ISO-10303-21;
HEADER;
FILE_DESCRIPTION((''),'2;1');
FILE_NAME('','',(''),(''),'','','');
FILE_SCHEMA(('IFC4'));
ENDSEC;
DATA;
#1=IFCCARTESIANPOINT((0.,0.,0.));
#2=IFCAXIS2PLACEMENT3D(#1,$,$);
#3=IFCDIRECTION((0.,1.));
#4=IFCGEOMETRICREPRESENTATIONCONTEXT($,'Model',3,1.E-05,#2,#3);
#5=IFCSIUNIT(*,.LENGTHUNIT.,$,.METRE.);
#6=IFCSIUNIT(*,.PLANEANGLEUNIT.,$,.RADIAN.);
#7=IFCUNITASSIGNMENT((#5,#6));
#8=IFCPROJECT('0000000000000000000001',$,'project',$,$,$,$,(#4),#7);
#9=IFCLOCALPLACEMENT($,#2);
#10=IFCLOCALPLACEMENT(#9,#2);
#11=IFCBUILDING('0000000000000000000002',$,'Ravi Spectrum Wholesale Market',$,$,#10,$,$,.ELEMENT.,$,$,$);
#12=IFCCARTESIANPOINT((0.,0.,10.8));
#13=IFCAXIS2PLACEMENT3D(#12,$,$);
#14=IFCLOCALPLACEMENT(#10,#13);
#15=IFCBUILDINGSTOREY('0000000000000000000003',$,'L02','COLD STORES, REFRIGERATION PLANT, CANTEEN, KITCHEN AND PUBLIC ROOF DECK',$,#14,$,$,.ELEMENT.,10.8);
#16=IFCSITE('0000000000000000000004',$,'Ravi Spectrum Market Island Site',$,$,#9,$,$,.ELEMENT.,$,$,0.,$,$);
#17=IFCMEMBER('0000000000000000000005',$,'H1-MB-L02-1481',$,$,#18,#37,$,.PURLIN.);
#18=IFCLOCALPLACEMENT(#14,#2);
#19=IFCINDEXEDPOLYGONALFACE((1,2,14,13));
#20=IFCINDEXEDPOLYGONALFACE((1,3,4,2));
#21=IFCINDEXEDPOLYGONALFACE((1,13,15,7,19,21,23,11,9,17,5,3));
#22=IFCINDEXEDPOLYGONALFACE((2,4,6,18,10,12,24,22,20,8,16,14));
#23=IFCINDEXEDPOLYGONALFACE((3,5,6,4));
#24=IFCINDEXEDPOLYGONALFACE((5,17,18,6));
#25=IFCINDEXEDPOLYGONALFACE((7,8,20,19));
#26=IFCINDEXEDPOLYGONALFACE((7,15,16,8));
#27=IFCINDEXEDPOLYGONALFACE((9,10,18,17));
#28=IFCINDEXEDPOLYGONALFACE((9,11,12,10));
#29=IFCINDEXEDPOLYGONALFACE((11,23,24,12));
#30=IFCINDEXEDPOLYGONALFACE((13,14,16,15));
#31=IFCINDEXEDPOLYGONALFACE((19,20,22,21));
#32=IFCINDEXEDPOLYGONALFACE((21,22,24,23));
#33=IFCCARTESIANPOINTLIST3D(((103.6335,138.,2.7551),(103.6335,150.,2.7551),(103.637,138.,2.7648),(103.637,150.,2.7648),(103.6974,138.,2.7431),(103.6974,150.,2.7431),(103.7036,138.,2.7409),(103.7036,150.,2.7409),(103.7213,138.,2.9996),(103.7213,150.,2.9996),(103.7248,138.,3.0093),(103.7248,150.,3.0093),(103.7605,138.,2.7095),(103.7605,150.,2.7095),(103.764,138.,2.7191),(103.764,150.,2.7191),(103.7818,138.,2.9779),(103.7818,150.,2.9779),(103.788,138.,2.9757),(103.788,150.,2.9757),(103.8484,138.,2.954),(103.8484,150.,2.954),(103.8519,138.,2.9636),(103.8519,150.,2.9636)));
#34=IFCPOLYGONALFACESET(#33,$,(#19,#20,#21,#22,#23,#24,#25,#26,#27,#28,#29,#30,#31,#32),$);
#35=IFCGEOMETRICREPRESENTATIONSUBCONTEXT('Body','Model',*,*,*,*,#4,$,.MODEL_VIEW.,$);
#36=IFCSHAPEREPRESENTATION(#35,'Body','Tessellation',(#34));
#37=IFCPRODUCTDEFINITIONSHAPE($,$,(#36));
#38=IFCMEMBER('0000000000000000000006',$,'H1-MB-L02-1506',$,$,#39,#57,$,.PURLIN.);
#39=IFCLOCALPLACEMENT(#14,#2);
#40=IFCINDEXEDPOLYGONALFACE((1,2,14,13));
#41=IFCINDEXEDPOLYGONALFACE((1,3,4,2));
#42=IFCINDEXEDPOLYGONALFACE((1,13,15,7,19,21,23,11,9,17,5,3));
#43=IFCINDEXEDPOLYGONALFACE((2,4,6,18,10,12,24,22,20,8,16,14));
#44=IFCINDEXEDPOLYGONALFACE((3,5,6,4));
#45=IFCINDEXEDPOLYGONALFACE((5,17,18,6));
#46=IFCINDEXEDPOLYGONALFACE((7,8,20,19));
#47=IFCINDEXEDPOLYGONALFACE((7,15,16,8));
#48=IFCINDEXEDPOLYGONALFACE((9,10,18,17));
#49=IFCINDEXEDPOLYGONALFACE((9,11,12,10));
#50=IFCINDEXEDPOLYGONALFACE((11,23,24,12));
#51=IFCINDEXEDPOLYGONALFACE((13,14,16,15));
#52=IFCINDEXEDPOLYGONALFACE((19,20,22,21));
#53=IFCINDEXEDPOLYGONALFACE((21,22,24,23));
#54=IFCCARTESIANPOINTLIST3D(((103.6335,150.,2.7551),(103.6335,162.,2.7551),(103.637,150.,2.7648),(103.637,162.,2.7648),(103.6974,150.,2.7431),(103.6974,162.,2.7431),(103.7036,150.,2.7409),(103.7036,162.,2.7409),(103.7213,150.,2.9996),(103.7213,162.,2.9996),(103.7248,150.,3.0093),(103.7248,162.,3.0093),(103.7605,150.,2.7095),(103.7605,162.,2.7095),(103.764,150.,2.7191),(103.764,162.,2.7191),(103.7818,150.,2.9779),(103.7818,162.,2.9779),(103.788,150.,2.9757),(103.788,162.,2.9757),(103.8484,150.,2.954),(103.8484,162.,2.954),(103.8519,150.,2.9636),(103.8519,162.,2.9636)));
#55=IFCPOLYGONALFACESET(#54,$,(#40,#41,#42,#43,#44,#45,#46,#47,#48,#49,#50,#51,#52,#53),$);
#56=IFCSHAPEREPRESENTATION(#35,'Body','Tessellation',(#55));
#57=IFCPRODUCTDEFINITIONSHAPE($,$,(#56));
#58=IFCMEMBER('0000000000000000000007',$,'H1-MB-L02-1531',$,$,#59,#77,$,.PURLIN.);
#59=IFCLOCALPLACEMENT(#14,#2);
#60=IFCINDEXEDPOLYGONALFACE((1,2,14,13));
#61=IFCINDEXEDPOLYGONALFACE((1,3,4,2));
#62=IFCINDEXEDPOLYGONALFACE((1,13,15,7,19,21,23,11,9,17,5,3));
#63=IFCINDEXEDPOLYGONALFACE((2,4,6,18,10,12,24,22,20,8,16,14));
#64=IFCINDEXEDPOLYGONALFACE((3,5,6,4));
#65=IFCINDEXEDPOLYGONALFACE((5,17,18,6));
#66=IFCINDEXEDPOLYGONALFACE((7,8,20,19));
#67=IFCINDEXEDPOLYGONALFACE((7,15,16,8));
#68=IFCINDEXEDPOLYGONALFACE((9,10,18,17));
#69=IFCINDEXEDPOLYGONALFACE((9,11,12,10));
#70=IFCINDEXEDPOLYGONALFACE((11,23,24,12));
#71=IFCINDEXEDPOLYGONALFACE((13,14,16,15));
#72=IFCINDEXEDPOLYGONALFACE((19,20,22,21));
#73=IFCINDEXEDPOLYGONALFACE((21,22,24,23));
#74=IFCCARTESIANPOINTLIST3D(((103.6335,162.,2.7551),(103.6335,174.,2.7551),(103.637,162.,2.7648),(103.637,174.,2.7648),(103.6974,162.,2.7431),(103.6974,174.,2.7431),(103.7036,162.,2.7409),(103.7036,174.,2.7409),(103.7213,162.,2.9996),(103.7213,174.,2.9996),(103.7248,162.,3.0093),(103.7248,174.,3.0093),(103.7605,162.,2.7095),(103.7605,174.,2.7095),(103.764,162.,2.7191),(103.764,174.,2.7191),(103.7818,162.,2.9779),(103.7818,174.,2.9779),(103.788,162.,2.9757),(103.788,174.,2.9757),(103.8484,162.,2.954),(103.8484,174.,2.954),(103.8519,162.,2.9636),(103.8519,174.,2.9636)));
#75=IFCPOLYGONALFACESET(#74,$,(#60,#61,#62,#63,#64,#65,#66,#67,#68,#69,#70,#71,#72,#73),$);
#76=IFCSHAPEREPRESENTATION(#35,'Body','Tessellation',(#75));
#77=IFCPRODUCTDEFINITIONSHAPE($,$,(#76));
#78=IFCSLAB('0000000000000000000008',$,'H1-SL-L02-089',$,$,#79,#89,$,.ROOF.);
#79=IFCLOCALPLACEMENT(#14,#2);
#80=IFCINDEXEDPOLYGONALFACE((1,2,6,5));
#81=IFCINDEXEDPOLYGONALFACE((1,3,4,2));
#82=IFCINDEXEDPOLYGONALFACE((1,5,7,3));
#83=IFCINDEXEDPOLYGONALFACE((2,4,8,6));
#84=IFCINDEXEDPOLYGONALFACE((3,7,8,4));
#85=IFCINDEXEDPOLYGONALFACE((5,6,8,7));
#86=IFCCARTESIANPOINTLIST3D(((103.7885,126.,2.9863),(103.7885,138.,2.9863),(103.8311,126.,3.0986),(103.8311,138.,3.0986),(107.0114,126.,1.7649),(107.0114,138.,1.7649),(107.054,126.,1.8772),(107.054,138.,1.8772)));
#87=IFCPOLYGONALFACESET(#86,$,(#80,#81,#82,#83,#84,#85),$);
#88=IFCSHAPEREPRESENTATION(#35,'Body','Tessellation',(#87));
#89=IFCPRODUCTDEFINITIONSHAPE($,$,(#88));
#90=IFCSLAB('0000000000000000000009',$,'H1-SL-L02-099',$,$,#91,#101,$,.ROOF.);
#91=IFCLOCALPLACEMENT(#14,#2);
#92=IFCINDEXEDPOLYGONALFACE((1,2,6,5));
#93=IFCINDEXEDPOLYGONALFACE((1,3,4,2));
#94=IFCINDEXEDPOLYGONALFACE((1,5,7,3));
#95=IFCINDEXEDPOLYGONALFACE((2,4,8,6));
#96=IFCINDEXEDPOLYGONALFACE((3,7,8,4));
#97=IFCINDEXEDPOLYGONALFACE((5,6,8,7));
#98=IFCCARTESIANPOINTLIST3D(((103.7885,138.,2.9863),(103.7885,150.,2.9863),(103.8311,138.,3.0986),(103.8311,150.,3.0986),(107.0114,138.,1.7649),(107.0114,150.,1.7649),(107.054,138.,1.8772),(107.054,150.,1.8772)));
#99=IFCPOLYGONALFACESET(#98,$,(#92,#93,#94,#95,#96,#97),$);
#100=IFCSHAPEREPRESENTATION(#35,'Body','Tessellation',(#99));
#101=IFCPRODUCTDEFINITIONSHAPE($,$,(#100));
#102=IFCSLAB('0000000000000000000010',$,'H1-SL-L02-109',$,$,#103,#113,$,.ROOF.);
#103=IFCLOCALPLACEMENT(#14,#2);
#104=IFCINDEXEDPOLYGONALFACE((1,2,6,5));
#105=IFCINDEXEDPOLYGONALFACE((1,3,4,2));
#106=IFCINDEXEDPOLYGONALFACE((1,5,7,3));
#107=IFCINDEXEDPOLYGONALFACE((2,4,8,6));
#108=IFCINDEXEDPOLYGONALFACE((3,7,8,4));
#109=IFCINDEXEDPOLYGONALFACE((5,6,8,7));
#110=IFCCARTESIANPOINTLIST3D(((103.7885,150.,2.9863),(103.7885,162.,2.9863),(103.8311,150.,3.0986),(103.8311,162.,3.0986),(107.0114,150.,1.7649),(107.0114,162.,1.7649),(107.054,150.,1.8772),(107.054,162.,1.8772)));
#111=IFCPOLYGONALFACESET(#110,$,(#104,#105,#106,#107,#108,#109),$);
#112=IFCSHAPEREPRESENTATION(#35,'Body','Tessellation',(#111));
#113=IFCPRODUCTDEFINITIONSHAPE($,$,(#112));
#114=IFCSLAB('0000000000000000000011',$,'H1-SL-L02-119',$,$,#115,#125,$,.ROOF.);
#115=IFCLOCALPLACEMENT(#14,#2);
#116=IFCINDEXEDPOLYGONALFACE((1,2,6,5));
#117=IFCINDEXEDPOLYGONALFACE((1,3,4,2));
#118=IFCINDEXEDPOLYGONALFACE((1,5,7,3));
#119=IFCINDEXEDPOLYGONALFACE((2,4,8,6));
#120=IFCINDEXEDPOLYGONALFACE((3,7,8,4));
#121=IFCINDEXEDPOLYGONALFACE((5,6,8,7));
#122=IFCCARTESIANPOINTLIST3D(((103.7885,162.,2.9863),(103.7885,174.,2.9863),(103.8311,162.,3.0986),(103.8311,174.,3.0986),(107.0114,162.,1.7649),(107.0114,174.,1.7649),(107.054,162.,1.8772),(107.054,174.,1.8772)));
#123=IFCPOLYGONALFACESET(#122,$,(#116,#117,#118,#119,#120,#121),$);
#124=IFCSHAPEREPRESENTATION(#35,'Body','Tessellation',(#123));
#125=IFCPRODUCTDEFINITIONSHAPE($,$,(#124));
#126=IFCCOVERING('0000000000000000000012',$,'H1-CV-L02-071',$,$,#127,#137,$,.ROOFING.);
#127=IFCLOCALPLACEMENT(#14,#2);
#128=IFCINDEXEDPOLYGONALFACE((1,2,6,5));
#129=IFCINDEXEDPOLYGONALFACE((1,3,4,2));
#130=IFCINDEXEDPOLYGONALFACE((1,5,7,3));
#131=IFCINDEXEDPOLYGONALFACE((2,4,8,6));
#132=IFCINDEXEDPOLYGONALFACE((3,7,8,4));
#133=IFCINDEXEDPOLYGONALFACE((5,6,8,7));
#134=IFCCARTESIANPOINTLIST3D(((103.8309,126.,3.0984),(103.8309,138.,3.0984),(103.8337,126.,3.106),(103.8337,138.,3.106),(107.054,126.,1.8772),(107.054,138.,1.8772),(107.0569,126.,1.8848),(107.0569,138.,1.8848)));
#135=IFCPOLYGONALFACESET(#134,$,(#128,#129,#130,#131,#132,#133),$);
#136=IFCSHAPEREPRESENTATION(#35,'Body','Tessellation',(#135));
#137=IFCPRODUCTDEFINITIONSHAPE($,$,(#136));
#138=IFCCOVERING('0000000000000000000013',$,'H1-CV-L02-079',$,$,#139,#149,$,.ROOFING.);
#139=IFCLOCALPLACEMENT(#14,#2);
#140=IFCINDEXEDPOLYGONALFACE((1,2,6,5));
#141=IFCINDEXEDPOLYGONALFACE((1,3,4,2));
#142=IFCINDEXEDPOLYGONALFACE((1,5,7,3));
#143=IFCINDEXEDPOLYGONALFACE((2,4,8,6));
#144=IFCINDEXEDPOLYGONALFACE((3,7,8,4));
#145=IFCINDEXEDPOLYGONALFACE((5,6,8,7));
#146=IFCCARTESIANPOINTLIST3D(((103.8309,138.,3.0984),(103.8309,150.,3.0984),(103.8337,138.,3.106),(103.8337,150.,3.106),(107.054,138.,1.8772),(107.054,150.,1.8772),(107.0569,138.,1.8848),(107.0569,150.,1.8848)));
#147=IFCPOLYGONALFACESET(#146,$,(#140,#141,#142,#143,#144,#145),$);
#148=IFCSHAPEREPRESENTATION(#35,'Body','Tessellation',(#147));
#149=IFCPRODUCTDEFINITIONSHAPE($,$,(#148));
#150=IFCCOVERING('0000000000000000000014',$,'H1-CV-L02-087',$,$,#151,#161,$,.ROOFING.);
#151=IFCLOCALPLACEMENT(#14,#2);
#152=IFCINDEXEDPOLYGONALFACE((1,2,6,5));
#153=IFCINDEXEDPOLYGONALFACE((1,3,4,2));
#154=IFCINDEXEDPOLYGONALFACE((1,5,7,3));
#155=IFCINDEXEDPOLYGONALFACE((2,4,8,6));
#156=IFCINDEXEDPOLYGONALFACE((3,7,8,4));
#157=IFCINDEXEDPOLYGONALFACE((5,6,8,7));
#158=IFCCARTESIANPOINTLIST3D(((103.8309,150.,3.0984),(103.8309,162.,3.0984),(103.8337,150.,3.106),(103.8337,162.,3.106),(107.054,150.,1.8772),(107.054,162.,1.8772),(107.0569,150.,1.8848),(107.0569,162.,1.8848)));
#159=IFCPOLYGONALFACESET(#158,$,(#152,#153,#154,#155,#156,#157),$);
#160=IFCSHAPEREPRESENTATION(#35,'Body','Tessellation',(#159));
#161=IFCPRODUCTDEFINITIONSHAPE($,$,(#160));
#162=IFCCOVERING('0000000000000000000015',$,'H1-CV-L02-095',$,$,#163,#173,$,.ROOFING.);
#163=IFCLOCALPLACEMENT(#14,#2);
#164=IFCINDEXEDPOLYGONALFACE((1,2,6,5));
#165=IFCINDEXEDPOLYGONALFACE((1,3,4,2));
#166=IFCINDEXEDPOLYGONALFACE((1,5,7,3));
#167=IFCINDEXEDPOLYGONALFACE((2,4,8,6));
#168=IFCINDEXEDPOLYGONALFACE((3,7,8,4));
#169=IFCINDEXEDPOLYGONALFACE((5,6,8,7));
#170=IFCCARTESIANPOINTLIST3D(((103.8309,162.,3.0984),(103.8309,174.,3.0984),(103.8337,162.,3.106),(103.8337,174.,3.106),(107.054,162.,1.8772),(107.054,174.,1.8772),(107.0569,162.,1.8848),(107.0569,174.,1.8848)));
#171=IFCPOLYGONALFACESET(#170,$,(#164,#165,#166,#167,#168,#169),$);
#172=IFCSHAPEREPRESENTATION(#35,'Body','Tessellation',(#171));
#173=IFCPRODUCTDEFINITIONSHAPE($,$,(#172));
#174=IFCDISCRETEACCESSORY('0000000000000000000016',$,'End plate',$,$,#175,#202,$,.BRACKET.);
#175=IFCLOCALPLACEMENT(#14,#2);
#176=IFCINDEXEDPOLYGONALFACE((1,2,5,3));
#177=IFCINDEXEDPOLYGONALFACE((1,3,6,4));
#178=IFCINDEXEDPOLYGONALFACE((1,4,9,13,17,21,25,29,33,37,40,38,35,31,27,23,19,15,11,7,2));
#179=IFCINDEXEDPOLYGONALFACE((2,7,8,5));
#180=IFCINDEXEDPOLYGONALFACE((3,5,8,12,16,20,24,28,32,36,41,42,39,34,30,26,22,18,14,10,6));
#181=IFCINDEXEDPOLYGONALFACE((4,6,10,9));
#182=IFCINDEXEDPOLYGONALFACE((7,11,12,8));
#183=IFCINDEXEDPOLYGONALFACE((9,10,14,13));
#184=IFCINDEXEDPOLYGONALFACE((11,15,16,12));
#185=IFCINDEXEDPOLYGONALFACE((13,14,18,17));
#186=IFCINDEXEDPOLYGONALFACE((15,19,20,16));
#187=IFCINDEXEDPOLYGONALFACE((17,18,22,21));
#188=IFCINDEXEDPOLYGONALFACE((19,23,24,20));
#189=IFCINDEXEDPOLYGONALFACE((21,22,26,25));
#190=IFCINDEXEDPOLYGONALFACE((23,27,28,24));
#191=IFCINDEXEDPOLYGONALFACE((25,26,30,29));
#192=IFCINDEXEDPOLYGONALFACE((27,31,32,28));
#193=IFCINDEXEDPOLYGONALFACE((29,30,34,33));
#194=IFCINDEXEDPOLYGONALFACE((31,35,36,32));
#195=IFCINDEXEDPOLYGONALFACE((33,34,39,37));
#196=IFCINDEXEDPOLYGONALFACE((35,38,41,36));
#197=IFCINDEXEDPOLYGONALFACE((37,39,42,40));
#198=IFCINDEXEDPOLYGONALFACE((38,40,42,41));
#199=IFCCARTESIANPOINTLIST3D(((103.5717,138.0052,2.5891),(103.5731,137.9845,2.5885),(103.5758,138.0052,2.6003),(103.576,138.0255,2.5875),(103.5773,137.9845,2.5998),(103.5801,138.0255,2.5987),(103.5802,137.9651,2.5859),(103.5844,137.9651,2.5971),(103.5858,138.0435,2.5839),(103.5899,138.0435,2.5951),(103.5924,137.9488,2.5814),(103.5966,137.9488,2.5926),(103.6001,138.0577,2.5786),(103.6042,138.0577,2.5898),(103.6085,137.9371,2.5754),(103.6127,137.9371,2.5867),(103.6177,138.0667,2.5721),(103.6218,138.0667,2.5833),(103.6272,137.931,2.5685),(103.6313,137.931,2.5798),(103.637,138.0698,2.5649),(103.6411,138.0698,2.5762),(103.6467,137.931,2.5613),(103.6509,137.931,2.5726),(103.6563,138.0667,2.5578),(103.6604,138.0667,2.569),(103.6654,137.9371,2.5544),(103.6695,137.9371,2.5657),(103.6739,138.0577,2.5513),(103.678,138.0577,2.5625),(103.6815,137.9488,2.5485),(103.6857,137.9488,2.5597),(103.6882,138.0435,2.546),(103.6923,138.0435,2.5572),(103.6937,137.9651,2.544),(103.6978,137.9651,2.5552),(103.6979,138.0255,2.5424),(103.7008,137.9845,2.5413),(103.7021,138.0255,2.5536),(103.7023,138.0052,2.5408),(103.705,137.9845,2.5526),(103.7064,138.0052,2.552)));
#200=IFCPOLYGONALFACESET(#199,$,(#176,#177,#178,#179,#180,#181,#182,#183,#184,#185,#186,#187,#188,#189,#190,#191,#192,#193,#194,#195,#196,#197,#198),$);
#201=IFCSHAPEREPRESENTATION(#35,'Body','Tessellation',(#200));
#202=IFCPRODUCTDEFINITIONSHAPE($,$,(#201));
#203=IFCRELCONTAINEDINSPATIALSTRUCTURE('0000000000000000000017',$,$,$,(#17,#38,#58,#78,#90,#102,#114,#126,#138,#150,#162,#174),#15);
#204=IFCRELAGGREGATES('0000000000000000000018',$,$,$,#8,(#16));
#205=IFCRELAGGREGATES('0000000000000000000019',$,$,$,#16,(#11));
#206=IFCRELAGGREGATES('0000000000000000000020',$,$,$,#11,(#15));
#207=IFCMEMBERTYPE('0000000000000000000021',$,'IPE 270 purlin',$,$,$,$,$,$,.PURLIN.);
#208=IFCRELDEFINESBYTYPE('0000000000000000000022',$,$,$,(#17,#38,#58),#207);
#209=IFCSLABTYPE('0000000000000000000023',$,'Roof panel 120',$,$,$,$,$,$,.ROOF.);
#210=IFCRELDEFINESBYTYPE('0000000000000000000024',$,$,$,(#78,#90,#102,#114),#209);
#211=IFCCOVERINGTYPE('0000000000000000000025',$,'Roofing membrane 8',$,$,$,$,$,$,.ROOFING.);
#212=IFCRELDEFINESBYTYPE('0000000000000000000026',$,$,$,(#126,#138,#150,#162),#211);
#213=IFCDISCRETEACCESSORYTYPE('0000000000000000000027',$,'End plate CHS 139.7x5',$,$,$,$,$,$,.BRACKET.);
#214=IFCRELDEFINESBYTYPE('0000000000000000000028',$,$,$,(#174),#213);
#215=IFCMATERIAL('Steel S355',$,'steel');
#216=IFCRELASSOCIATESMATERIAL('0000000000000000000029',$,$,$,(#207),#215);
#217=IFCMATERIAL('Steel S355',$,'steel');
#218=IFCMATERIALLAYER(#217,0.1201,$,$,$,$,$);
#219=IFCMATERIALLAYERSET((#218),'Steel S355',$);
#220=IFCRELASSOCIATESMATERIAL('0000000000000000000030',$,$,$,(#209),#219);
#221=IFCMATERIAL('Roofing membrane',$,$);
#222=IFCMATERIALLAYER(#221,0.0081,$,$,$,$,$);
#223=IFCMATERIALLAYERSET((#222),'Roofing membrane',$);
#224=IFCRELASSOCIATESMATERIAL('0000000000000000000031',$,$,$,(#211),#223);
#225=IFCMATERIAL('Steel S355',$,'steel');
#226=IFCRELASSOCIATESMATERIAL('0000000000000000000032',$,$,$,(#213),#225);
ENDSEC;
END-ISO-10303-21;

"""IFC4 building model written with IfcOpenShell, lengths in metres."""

from ifc_helpers import new_model, si_unit, direction, frame, origin, origin_2d, place, context, subcontext, project, spatial, polyline, circle, i_section, outline, extrude, material, layer, layer_set, material_profile, profile_set, type_object, element, save


model = new_model("IFC4")

# Units and contexts
model_context = context("Model", 3, precision=1e-05, world=origin(), true_north=direction((0.0, 1.0)))
body_context = subcontext(model_context, "Body", "Model", "MODEL_VIEW")
ifc_project = project(units=[si_unit("LENGTHUNIT", "METRE"), si_unit("PLANEANGLEUNIT", "RADIAN")], contexts=[model_context])

# Site, building, storey
site_placement = place(None, origin())
site = spatial("IfcSite", under=ifc_project, at=site_placement, Name="Ravi Spectrum Market Island Site", CompositionType="ELEMENT", RefElevation=0.0)
building_placement = place(site_placement, origin())
building = spatial("IfcBuilding", under=site, at=building_placement, Name="Ravi Spectrum Wholesale Market", CompositionType="ELEMENT")
storey_placement = place(building_placement, frame((0.0, 0.0, 10.8)))
storey = spatial("IfcBuildingStorey", under=building, at=storey_placement, Name="L02", Description="COLD STORES, REFRIGERATION PLANT, CANTEEN, KITCHEN AND PUBLIC ROOF DECK", CompositionType="ELEMENT", Elevation=10.8)

# Members
ifc_material_1 = material(Name="Steel S355", Category="steel")
ifc_material_profile_1 = material_profile(ifc_material_1, i_section(OverallWidth=0.135, OverallDepth=0.27, WebThickness=0.0066, FlangeThickness=0.0103, at=origin_2d()))
ifc_profile_set_1 = profile_set([ifc_material_profile_1], Name="Steel S355")
member_type_1 = type_object("IfcMemberType", Name="IPE 270 purlin", PredefinedType="PURLIN", material=ifc_profile_set_1)
for number, where, z_axis, x_axis, name in (
    (1, (103.7427, 138.0, 2.8594), (0.0, 1.0, 0.0), (-0.94108, 0.0, 0.338184), "H1-MB-L02-1481"),
    (2, (103.7427, 150.0, 2.8594), (0.0, 1.0, 0.0), (-0.94108, 0.0, 0.338184), "H1-MB-L02-1506"),
    (3, (103.7427, 162.0, 2.8594), (0.0, 1.0, 0.0), (-0.94108, 0.0, 0.338184), "H1-MB-L02-1531"),
):
    element("IfcMember", number, at=place(storey_placement, frame(where, z_axis=z_axis, x_axis=x_axis)), inside=storey, type_object=member_type_1, Name=name, PredefinedType="PURLIN", context=body_context, shape_type="SweptSolid", body=[
        extrude(i_section(OverallWidth=0.135, OverallDepth=0.27, WebThickness=0.0066, FlangeThickness=0.0103, at=origin_2d()), origin(), (0.0, 0.0, 1.0), 12.0),
    ])

# Slabs
ifc_material_2 = material(Name="Steel S355", Category="steel")
ifc_layer_1 = layer(ifc_material_2, 0.1201)
ifc_layer_set_1 = layer_set([ifc_layer_1], Name="Steel S355")
slab_type = type_object("IfcSlabType", Name="Roof panel 120", PredefinedType="ROOF", material=ifc_layer_set_1)
for number, where, z_axis, x_axis, name in (
    (4, (103.8311, 126.0, 3.0986), (0.354389, 0.0, 0.935098), (0.935098, 0.0, -0.354389), "H1-SL-L02-089"),
    (5, (103.8311, 138.0, 3.0986), (0.354389, 0.0, 0.935098), (0.935098, 0.0, -0.354389), "H1-SL-L02-099"),
    (6, (103.8311, 150.0, 3.0986), (0.354389, 0.0, 0.935098), (0.935098, 0.0, -0.354389), "H1-SL-L02-109"),
    (7, (103.8311, 162.0, 3.0986), (0.354389, 0.0, 0.935098), (0.935098, 0.0, -0.354389), "H1-SL-L02-119"),
):
    element("IfcSlab", number, at=place(storey_placement, frame(where, z_axis=z_axis, x_axis=x_axis)), inside=storey, type_object=slab_type, Name=name, PredefinedType="ROOF", context=body_context, shape_type="SweptSolid", body=[
        extrude(outline(polyline([(0.0, 0.0), (3.4466, 0.0), (3.4466, 12.0), (0.0, 12.0), (0.0, 0.0)])), origin(), (0.0, 0.0, -1.0), 0.1201),
    ])

# Coverings
ifc_material_3 = material(Name="Roofing membrane")
ifc_layer_2 = layer(ifc_material_3, 0.0081)
ifc_layer_set_2 = layer_set([ifc_layer_2], Name="Roofing membrane")
covering_type = type_object("IfcCoveringType", Name="Roofing membrane 8", PredefinedType="ROOFING", material=ifc_layer_set_2)
for number, where, z_axis, x_axis, name in (
    (8, (103.8337, 126.0, 3.106), (0.354304, 0.0, 0.93513), (0.93513, 0.0, -0.354304), "H1-CV-L02-071"),
    (9, (103.8337, 138.0, 3.106), (0.354304, 0.0, 0.93513), (0.93513, 0.0, -0.354304), "H1-CV-L02-079"),
    (10, (103.8337, 150.0, 3.106), (0.354304, 0.0, 0.93513), (0.93513, 0.0, -0.354304), "H1-CV-L02-087"),
    (11, (103.8337, 162.0, 3.106), (0.354304, 0.0, 0.93513), (0.93513, 0.0, -0.354304), "H1-CV-L02-095"),
):
    element("IfcCovering", number, at=place(storey_placement, frame(where, z_axis=z_axis, x_axis=x_axis)), inside=storey, type_object=covering_type, Name=name, PredefinedType="ROOFING", context=body_context, shape_type="SweptSolid", body=[
        extrude(outline(polyline([(0.0, 0.0), (3.4467, 0.0), (3.4467, 12.0), (0.0, 12.0), (0.0, 0.0)])), origin(), (0.0, 0.0, -1.0), 0.0081),
    ])

# Discrete accessory
ifc_material_4 = material(Name="Steel S355", Category="steel")
ifc_material_profile_2 = material_profile(ifc_material_4, circle(Radius=0.0698, at=origin_2d()))
ifc_profile_set_2 = profile_set([ifc_material_profile_2], Name="Steel S355")
discrete_accessory_type_1 = type_object("IfcDiscreteAccessoryType", Name="End plate CHS 139.7x5", PredefinedType="BRACKET", material=ifc_profile_set_2)
for number, where, z_axis, x_axis, name in (
    (12, (103.637, 138.0, 2.5649), (0.34665, 0.0, 0.937994), (0.0, 1.0, 0.0), "End plate"),
):
    element("IfcDiscreteAccessory", number, at=place(storey_placement, frame(where, z_axis=z_axis, x_axis=x_axis)), inside=storey, type_object=discrete_accessory_type_1, Name=name, PredefinedType="BRACKET", context=body_context, shape_type="SweptSolid", body=[
        extrude(circle(Radius=0.0698, at=origin_2d()), origin(), (0.0, 0.0, 1.0), 0.012),
    ])

save(model, "model.ifc")
